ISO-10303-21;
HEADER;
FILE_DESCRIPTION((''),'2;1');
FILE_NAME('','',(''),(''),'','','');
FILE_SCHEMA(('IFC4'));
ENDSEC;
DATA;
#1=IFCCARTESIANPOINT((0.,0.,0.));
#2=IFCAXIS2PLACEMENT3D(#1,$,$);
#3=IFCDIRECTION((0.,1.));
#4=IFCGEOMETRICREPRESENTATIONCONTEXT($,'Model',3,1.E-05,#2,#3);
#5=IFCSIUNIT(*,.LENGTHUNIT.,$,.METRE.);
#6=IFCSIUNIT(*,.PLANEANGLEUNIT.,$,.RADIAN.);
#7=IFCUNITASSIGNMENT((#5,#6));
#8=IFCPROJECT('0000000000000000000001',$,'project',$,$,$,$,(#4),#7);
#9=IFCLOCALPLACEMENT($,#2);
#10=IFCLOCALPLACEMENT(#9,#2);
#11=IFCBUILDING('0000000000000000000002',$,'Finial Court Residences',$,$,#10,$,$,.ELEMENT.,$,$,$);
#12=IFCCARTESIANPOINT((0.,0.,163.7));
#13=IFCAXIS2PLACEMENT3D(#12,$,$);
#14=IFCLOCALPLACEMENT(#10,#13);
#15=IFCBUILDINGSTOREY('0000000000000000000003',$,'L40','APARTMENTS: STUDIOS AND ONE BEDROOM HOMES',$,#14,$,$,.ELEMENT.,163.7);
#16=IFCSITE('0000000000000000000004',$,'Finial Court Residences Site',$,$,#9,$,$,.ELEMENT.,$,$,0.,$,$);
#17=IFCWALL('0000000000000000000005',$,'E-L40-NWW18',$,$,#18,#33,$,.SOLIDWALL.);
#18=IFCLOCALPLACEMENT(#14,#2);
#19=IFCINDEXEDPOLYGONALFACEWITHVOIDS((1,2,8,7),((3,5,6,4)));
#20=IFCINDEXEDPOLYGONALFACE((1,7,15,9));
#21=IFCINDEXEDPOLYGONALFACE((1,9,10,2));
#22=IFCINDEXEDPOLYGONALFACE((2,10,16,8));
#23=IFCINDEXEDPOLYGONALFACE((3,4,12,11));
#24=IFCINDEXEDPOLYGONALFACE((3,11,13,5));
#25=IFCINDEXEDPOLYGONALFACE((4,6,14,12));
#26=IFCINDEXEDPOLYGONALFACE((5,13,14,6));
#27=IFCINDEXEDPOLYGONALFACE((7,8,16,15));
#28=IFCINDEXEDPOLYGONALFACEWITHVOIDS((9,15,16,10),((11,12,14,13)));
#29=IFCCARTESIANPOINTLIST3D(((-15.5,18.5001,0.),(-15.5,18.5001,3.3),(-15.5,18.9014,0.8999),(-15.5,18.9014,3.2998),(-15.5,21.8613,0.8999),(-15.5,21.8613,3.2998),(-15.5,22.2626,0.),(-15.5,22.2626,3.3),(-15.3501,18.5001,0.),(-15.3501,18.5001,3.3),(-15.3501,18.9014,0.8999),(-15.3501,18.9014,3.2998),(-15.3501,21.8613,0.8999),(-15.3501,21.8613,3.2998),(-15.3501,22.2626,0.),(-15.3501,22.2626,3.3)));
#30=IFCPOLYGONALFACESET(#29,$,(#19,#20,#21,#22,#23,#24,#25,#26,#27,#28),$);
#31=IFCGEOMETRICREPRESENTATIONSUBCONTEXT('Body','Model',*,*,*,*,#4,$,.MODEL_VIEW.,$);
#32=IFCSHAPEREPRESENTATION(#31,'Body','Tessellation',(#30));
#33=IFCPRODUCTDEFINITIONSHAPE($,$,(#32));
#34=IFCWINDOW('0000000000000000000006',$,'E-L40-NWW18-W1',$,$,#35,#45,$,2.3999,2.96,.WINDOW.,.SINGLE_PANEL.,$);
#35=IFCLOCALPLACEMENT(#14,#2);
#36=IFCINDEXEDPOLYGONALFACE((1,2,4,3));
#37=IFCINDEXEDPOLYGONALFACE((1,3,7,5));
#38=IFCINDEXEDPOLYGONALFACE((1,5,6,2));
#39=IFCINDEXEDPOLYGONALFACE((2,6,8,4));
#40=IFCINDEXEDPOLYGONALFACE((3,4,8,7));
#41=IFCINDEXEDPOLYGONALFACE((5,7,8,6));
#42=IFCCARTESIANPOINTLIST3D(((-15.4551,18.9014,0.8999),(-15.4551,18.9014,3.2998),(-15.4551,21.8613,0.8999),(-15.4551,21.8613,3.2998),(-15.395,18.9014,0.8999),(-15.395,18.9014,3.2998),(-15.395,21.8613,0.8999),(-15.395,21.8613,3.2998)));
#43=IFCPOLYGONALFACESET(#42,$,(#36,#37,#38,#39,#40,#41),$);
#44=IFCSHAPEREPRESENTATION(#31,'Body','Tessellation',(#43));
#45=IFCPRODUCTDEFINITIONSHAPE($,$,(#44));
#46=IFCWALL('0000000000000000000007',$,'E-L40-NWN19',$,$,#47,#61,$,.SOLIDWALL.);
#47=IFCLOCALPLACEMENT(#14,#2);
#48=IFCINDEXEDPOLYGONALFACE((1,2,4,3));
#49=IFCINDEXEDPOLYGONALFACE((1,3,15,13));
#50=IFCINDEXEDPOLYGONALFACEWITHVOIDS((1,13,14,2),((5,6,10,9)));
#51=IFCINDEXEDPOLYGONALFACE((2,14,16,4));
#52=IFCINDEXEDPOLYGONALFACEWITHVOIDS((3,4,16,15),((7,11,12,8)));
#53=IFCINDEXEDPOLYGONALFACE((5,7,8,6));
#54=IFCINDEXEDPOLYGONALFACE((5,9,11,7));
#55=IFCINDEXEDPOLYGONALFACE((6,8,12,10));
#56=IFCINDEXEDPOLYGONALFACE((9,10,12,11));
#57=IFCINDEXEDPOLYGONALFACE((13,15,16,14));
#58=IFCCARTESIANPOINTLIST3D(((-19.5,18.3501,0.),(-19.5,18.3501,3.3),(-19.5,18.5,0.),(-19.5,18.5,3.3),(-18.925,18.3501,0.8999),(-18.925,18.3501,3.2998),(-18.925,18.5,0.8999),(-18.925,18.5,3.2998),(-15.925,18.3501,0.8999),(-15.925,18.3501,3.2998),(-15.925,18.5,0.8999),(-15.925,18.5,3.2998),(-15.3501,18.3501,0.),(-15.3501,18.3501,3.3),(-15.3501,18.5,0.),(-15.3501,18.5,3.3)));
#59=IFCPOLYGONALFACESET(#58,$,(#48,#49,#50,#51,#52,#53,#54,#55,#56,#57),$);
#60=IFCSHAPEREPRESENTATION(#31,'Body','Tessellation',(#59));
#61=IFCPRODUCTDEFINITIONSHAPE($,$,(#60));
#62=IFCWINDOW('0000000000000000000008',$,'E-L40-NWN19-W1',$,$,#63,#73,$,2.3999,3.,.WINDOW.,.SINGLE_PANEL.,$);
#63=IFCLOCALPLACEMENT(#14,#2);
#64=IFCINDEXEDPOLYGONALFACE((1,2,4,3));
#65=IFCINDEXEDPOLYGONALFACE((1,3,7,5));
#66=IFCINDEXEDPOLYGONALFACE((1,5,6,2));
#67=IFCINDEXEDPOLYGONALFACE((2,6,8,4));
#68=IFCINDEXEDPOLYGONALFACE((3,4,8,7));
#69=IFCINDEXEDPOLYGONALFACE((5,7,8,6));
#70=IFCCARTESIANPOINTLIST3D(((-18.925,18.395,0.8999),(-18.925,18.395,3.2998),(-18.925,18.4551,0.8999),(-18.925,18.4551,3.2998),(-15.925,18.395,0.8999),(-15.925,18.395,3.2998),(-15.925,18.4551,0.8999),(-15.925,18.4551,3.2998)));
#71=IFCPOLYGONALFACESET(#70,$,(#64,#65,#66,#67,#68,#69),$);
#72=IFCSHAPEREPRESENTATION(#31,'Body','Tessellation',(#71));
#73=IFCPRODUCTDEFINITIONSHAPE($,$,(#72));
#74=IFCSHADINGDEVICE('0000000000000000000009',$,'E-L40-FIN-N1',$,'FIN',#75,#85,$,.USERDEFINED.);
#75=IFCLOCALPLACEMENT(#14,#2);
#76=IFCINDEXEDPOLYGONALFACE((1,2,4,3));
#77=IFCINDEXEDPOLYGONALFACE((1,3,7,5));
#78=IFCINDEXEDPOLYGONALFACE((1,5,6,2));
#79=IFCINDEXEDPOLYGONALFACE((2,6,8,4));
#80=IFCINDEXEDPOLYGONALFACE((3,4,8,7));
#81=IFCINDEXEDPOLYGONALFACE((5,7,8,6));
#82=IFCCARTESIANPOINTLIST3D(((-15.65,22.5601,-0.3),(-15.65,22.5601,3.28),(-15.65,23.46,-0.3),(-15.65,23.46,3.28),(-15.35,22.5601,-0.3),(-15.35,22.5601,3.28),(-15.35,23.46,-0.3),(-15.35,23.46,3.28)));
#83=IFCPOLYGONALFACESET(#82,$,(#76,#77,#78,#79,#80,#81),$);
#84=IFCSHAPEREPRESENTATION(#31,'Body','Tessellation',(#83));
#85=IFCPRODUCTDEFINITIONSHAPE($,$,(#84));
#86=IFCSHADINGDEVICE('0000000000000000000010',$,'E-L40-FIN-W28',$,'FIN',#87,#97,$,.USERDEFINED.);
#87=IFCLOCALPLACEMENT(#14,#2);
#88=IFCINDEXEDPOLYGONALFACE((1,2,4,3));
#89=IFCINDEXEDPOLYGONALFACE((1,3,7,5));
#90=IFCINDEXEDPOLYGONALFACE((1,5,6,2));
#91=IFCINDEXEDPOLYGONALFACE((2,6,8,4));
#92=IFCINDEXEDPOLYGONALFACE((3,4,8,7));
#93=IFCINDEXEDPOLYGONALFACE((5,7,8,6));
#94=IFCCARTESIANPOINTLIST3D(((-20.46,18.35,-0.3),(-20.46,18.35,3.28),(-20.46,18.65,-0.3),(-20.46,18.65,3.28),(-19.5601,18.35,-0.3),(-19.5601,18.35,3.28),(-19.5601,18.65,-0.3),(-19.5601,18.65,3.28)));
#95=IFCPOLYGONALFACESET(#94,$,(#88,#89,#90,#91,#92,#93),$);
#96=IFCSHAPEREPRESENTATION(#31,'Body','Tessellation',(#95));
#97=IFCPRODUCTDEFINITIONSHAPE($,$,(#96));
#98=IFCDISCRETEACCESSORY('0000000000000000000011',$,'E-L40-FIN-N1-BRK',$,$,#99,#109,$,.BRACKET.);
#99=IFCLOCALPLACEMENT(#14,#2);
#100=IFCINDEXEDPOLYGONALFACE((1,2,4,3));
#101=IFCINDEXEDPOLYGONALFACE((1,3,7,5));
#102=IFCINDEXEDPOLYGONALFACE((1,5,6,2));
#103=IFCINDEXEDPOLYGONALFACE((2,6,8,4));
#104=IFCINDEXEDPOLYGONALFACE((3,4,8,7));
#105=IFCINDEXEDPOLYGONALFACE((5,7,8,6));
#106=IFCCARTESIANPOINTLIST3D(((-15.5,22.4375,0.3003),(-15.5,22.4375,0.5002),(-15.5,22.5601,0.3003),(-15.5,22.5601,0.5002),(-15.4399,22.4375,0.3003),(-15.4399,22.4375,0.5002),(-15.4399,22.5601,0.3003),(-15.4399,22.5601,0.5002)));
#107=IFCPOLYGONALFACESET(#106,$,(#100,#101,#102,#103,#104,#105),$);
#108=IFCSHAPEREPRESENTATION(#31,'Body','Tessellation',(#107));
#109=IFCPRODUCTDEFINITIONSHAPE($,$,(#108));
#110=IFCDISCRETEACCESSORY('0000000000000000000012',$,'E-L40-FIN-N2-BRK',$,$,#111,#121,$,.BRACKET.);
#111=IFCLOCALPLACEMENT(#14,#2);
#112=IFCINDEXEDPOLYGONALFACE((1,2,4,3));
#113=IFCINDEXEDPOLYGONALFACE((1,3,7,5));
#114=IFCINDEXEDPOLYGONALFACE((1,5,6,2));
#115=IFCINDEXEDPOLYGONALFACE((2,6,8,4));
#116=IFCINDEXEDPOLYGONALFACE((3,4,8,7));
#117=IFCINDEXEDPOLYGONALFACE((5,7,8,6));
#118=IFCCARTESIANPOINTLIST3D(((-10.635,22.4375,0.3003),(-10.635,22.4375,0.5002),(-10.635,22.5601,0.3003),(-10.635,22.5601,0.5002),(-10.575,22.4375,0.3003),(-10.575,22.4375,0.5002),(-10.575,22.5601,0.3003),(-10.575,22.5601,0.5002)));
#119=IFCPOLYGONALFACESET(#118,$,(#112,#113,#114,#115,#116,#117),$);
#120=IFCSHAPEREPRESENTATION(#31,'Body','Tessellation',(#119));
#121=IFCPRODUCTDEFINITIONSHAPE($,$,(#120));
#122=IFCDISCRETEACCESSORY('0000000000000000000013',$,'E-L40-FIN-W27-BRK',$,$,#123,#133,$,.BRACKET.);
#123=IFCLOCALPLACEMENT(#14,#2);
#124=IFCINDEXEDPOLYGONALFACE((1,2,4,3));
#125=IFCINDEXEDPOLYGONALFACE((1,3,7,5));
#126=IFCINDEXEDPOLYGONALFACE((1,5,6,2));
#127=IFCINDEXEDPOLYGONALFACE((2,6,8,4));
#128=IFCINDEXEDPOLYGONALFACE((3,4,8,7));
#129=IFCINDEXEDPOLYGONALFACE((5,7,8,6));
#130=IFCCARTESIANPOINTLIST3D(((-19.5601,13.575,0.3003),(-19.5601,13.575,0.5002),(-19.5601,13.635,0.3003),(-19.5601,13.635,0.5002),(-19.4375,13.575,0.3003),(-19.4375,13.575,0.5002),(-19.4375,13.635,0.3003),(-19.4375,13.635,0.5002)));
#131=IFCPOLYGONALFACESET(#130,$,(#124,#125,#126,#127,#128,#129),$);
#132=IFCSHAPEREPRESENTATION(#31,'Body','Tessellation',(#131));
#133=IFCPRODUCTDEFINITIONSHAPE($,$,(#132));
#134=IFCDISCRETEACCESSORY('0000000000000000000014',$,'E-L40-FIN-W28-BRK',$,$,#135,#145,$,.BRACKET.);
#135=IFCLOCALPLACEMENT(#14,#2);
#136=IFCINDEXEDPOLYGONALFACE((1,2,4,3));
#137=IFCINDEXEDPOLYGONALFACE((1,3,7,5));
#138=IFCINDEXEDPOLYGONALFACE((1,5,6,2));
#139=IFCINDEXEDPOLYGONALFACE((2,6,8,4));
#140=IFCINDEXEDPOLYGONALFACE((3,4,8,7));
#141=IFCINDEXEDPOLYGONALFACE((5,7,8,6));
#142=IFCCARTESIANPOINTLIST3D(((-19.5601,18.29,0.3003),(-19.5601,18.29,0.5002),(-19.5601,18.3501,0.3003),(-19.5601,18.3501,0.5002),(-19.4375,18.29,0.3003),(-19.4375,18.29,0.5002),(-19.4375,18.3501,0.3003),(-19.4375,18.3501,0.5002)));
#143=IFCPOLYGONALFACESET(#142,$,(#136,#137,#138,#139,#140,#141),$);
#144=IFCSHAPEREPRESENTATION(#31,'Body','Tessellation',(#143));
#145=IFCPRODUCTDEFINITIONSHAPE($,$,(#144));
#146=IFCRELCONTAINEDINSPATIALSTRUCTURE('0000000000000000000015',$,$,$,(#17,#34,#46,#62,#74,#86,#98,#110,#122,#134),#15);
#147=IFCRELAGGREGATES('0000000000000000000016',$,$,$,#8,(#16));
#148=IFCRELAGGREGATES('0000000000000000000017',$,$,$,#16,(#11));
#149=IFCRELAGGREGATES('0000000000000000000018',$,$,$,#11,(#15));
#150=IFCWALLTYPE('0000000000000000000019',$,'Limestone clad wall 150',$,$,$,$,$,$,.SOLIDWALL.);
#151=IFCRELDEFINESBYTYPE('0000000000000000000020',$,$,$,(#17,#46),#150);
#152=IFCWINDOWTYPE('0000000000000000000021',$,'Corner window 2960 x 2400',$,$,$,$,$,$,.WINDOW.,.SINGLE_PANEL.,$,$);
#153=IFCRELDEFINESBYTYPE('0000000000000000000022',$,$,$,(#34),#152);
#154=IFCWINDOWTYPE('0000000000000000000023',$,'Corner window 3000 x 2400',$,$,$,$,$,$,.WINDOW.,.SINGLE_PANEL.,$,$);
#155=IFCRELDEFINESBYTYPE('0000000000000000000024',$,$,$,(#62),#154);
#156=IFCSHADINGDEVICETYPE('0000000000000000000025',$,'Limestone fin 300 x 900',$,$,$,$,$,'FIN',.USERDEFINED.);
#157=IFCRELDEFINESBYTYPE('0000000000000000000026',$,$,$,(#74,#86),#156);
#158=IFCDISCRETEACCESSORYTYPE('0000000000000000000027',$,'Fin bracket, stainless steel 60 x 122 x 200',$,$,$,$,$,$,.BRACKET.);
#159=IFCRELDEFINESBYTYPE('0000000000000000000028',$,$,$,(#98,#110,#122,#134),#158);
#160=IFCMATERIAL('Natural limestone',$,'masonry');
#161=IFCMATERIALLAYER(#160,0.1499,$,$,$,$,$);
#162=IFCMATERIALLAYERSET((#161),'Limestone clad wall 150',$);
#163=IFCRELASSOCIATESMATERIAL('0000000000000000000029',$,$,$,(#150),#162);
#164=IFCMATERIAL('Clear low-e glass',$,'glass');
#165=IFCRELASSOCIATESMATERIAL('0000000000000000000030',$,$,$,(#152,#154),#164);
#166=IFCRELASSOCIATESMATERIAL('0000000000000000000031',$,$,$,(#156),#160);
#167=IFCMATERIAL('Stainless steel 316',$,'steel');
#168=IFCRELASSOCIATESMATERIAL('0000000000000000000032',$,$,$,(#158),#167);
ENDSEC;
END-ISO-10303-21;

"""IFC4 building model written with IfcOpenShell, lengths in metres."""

from ifc_helpers import new_model, si_unit, direction, frame, frame_2d, origin, origin_2d, place, context, subcontext, project, spatial, rectangle, extrude, material, layer, layer_set, type_object, element, fill, save


model = new_model("IFC4")

# Units and contexts
model_context = context("Model", 3, precision=1e-05, world=origin(), true_north=direction((0.0, 1.0)))
body_context = subcontext(model_context, "Body", "Model", "MODEL_VIEW")
ifc_project = project(units=[si_unit("LENGTHUNIT", "METRE"), si_unit("PLANEANGLEUNIT", "RADIAN")], contexts=[model_context])

# Site, building, storey
site_placement = place(None, origin())
site = spatial("IfcSite", under=ifc_project, at=site_placement, Name="Finial Court Residences Site", CompositionType="ELEMENT", RefElevation=0.0)
building_placement = place(site_placement, origin())
building = spatial("IfcBuilding", under=site, at=building_placement, Name="Finial Court Residences", CompositionType="ELEMENT")
storey_placement = place(building_placement, frame((0.0, 0.0, 163.7)))
storey = spatial("IfcBuildingStorey", under=building, at=storey_placement, Name="L40", Description="APARTMENTS: STUDIOS AND ONE BEDROOM HOMES", CompositionType="ELEMENT", Elevation=163.7)

# Shared definitions
ifc_material_1 = material(Name="Clear low-e glass", Category="glass")

# Walls, openings, windows
ifc_material_2 = material(Name="Natural limestone", Category="masonry")
ifc_layer_1 = layer(ifc_material_2, 0.1499)
ifc_layer_set_1 = layer_set([ifc_layer_1], Name="Limestone clad wall 150")
wall_type_1 = type_object("IfcWallType", Name="Limestone clad wall 150", PredefinedType="SOLIDWALL", material=ifc_layer_set_1)
wall_1_placement = place(storey_placement, frame((-15.425, 18.5, 0.0), z_axis=(0.0, 0.0, 1.0), x_axis=(0.0, 1.0, 0.0)))
wall_1 = element("IfcWall", 1, at=wall_1_placement, inside=storey, type_object=wall_type_1, Name="E-L40-NWW18", PredefinedType="SOLIDWALL", context=body_context, shape_type="SweptSolid", body=[
    extrude(rectangle(XDim=3.7625, YDim=0.1499, at=frame_2d((1.8813, 0.0))), origin(), (0.0, 0.0, 1.0), 3.3),
])
opening_1_placement = place(wall_1_placement, frame((0.4014, 0.0, 0.8999)))
opening_1 = element("IfcOpeningElement", 2, at=opening_1_placement, cuts=wall_1, PredefinedType="OPENING", context=body_context, shape_type="SweptSolid", body=[
    extrude(rectangle(XDim=2.96, YDim=2.3999, at=frame_2d((1.48, 1.2))), frame((0.0, 0.085, 0.0), z_axis=(0.0, -1.0, 0.0), x_axis=(1.0, 0.0, 0.0)), (0.0, 0.0, 1.0), 0.1699),
])
window_type_1 = type_object("IfcWindowType", Name="Corner window 2960 x 2400", PartitioningType="SINGLE_PANEL", PredefinedType="WINDOW", material=ifc_material_1)
window_1_placement = place(opening_1_placement, origin())
window_1 = element("IfcWindow", 3, at=window_1_placement, inside=storey, type_object=window_type_1, Name="E-L40-NWW18-W1", OverallHeight=2.3999, OverallWidth=2.96, PartitioningType="SINGLE_PANEL", PredefinedType="WINDOW", context=body_context, shape_type="SweptSolid", body=[
    extrude(rectangle(XDim=2.96, YDim=2.3999, at=frame_2d((1.48, 1.2))), frame((0.0, 0.03, 0.0), z_axis=(0.0, -1.0, 0.0), x_axis=(1.0, 0.0, 0.0)), (0.0, 0.0, 1.0), 0.0601),
])
fill(opening_1, window_1)
wall_2_placement = place(storey_placement, frame((-19.5, 18.425, 0.0), z_axis=(0.0, 0.0, 1.0), x_axis=(1.0, 0.0, 0.0)))
wall_2 = element("IfcWall", 4, at=wall_2_placement, inside=storey, type_object=wall_type_1, Name="E-L40-NWN19", PredefinedType="SOLIDWALL", context=body_context, shape_type="SweptSolid", body=[
    extrude(rectangle(XDim=4.1499, YDim=0.1499, at=frame_2d((2.075, 0.0))), origin(), (0.0, 0.0, 1.0), 3.3),
])
opening_2_placement = place(wall_2_placement, frame((0.575, 0.0, 0.8999)))
opening_2 = element("IfcOpeningElement", 5, at=opening_2_placement, cuts=wall_2, PredefinedType="OPENING", context=body_context, shape_type="SweptSolid", body=[
    extrude(rectangle(XDim=3.0, YDim=2.3999, at=frame_2d((1.5, 1.2))), frame((0.0, 0.085, 0.0), z_axis=(0.0, -1.0, 0.0), x_axis=(1.0, 0.0, 0.0)), (0.0, 0.0, 1.0), 0.1699),
])
window_type_2 = type_object("IfcWindowType", Name="Corner window 3000 x 2400", PartitioningType="SINGLE_PANEL", PredefinedType="WINDOW", material=ifc_material_1)
window_2_placement = place(opening_2_placement, origin())
window_2 = element("IfcWindow", 6, at=window_2_placement, inside=storey, type_object=window_type_2, Name="E-L40-NWN19-W1", OverallHeight=2.3999, OverallWidth=3.0, PartitioningType="SINGLE_PANEL", PredefinedType="WINDOW", context=body_context, shape_type="SweptSolid", body=[
    extrude(rectangle(XDim=3.0, YDim=2.3999, at=frame_2d((1.5, 1.2))), frame((0.0, 0.03, 0.0), z_axis=(0.0, -1.0, 0.0), x_axis=(1.0, 0.0, 0.0)), (0.0, 0.0, 1.0), 0.0601),
])
fill(opening_2, window_2)

# Shading devices
shading_device_type = type_object("IfcShadingDeviceType", Name="Limestone fin 300 x 900", ElementType="FIN", PredefinedType="USERDEFINED", material=ifc_material_2)
shading_device_1_placement = place(storey_placement, frame((-15.5, 23.01, -0.3), z_axis=(0.0, 0.0, 1.0), x_axis=(1.0, 0.0, 0.0)))
element("IfcShadingDevice", 7, at=shading_device_1_placement, inside=storey, type_object=shading_device_type, Name="E-L40-FIN-N1", ObjectType="FIN", PredefinedType="USERDEFINED", context=body_context, shape_type="SweptSolid", body=[
    extrude(rectangle(XDim=0.3, YDim=0.8999, at=origin_2d()), origin(), (0.0, 0.0, 1.0), 3.5801),
])
shading_device_2_placement = place(storey_placement, frame((-20.01, 18.5, -0.3), z_axis=(0.0, 0.0, 1.0), x_axis=(1.0, 0.0, 0.0)))
element("IfcShadingDevice", 8, at=shading_device_2_placement, inside=storey, type_object=shading_device_type, Name="E-L40-FIN-W28", ObjectType="FIN", PredefinedType="USERDEFINED", context=body_context, shape_type="SweptSolid", body=[
    extrude(rectangle(XDim=0.8999, YDim=0.3, at=origin_2d()), origin(), (0.0, 0.0, 1.0), 3.5801),
])

# Discrete accessories
ifc_material_3 = material(Name="Stainless steel 316", Category="steel")
discrete_accessory_type = type_object("IfcDiscreteAccessoryType", Name="Fin bracket, stainless steel 60 x 122 x 200", PredefinedType="BRACKET", material=ifc_material_3)
for number, where, z_axis, x_axis, name in (
    (9, (-15.47, 22.4988, 0.3003), (0.0, 0.0, 1.0), (1.0, 0.0, 0.0), "E-L40-FIN-N1-BRK"),
    (10, (-10.605, 22.4988, 0.3003), (0.0, 0.0, 1.0), (1.0, 0.0, 0.0), "E-L40-FIN-N2-BRK"),
):
    element("IfcDiscreteAccessory", number, at=place(storey_placement, frame(where, z_axis=z_axis, x_axis=x_axis)), inside=storey, type_object=discrete_accessory_type, Name=name, PredefinedType="BRACKET", context=body_context, shape_type="SweptSolid", body=[
        extrude(rectangle(XDim=0.0601, YDim=0.1226, at=origin_2d()), origin(), (0.0, 0.0, 1.0), 0.2),
    ])
for number, where, z_axis, x_axis, name in (
    (11, (-19.4988, 13.605, 0.3003), (0.0, 0.0, 1.0), (1.0, 0.0, 0.0), "E-L40-FIN-W27-BRK"),
    (12, (-19.4988, 18.3201, 0.3003), (0.0, 0.0, 1.0), (1.0, 0.0, 0.0), "E-L40-FIN-W28-BRK"),
):
    element("IfcDiscreteAccessory", number, at=place(storey_placement, frame(where, z_axis=z_axis, x_axis=x_axis)), inside=storey, type_object=discrete_accessory_type, Name=name, PredefinedType="BRACKET", context=body_context, shape_type="SweptSolid", body=[
        extrude(rectangle(XDim=0.1226, YDim=0.0601, at=origin_2d()), origin(), (0.0, 0.0, 1.0), 0.2),
    ])

save(model, "model.ifc")
